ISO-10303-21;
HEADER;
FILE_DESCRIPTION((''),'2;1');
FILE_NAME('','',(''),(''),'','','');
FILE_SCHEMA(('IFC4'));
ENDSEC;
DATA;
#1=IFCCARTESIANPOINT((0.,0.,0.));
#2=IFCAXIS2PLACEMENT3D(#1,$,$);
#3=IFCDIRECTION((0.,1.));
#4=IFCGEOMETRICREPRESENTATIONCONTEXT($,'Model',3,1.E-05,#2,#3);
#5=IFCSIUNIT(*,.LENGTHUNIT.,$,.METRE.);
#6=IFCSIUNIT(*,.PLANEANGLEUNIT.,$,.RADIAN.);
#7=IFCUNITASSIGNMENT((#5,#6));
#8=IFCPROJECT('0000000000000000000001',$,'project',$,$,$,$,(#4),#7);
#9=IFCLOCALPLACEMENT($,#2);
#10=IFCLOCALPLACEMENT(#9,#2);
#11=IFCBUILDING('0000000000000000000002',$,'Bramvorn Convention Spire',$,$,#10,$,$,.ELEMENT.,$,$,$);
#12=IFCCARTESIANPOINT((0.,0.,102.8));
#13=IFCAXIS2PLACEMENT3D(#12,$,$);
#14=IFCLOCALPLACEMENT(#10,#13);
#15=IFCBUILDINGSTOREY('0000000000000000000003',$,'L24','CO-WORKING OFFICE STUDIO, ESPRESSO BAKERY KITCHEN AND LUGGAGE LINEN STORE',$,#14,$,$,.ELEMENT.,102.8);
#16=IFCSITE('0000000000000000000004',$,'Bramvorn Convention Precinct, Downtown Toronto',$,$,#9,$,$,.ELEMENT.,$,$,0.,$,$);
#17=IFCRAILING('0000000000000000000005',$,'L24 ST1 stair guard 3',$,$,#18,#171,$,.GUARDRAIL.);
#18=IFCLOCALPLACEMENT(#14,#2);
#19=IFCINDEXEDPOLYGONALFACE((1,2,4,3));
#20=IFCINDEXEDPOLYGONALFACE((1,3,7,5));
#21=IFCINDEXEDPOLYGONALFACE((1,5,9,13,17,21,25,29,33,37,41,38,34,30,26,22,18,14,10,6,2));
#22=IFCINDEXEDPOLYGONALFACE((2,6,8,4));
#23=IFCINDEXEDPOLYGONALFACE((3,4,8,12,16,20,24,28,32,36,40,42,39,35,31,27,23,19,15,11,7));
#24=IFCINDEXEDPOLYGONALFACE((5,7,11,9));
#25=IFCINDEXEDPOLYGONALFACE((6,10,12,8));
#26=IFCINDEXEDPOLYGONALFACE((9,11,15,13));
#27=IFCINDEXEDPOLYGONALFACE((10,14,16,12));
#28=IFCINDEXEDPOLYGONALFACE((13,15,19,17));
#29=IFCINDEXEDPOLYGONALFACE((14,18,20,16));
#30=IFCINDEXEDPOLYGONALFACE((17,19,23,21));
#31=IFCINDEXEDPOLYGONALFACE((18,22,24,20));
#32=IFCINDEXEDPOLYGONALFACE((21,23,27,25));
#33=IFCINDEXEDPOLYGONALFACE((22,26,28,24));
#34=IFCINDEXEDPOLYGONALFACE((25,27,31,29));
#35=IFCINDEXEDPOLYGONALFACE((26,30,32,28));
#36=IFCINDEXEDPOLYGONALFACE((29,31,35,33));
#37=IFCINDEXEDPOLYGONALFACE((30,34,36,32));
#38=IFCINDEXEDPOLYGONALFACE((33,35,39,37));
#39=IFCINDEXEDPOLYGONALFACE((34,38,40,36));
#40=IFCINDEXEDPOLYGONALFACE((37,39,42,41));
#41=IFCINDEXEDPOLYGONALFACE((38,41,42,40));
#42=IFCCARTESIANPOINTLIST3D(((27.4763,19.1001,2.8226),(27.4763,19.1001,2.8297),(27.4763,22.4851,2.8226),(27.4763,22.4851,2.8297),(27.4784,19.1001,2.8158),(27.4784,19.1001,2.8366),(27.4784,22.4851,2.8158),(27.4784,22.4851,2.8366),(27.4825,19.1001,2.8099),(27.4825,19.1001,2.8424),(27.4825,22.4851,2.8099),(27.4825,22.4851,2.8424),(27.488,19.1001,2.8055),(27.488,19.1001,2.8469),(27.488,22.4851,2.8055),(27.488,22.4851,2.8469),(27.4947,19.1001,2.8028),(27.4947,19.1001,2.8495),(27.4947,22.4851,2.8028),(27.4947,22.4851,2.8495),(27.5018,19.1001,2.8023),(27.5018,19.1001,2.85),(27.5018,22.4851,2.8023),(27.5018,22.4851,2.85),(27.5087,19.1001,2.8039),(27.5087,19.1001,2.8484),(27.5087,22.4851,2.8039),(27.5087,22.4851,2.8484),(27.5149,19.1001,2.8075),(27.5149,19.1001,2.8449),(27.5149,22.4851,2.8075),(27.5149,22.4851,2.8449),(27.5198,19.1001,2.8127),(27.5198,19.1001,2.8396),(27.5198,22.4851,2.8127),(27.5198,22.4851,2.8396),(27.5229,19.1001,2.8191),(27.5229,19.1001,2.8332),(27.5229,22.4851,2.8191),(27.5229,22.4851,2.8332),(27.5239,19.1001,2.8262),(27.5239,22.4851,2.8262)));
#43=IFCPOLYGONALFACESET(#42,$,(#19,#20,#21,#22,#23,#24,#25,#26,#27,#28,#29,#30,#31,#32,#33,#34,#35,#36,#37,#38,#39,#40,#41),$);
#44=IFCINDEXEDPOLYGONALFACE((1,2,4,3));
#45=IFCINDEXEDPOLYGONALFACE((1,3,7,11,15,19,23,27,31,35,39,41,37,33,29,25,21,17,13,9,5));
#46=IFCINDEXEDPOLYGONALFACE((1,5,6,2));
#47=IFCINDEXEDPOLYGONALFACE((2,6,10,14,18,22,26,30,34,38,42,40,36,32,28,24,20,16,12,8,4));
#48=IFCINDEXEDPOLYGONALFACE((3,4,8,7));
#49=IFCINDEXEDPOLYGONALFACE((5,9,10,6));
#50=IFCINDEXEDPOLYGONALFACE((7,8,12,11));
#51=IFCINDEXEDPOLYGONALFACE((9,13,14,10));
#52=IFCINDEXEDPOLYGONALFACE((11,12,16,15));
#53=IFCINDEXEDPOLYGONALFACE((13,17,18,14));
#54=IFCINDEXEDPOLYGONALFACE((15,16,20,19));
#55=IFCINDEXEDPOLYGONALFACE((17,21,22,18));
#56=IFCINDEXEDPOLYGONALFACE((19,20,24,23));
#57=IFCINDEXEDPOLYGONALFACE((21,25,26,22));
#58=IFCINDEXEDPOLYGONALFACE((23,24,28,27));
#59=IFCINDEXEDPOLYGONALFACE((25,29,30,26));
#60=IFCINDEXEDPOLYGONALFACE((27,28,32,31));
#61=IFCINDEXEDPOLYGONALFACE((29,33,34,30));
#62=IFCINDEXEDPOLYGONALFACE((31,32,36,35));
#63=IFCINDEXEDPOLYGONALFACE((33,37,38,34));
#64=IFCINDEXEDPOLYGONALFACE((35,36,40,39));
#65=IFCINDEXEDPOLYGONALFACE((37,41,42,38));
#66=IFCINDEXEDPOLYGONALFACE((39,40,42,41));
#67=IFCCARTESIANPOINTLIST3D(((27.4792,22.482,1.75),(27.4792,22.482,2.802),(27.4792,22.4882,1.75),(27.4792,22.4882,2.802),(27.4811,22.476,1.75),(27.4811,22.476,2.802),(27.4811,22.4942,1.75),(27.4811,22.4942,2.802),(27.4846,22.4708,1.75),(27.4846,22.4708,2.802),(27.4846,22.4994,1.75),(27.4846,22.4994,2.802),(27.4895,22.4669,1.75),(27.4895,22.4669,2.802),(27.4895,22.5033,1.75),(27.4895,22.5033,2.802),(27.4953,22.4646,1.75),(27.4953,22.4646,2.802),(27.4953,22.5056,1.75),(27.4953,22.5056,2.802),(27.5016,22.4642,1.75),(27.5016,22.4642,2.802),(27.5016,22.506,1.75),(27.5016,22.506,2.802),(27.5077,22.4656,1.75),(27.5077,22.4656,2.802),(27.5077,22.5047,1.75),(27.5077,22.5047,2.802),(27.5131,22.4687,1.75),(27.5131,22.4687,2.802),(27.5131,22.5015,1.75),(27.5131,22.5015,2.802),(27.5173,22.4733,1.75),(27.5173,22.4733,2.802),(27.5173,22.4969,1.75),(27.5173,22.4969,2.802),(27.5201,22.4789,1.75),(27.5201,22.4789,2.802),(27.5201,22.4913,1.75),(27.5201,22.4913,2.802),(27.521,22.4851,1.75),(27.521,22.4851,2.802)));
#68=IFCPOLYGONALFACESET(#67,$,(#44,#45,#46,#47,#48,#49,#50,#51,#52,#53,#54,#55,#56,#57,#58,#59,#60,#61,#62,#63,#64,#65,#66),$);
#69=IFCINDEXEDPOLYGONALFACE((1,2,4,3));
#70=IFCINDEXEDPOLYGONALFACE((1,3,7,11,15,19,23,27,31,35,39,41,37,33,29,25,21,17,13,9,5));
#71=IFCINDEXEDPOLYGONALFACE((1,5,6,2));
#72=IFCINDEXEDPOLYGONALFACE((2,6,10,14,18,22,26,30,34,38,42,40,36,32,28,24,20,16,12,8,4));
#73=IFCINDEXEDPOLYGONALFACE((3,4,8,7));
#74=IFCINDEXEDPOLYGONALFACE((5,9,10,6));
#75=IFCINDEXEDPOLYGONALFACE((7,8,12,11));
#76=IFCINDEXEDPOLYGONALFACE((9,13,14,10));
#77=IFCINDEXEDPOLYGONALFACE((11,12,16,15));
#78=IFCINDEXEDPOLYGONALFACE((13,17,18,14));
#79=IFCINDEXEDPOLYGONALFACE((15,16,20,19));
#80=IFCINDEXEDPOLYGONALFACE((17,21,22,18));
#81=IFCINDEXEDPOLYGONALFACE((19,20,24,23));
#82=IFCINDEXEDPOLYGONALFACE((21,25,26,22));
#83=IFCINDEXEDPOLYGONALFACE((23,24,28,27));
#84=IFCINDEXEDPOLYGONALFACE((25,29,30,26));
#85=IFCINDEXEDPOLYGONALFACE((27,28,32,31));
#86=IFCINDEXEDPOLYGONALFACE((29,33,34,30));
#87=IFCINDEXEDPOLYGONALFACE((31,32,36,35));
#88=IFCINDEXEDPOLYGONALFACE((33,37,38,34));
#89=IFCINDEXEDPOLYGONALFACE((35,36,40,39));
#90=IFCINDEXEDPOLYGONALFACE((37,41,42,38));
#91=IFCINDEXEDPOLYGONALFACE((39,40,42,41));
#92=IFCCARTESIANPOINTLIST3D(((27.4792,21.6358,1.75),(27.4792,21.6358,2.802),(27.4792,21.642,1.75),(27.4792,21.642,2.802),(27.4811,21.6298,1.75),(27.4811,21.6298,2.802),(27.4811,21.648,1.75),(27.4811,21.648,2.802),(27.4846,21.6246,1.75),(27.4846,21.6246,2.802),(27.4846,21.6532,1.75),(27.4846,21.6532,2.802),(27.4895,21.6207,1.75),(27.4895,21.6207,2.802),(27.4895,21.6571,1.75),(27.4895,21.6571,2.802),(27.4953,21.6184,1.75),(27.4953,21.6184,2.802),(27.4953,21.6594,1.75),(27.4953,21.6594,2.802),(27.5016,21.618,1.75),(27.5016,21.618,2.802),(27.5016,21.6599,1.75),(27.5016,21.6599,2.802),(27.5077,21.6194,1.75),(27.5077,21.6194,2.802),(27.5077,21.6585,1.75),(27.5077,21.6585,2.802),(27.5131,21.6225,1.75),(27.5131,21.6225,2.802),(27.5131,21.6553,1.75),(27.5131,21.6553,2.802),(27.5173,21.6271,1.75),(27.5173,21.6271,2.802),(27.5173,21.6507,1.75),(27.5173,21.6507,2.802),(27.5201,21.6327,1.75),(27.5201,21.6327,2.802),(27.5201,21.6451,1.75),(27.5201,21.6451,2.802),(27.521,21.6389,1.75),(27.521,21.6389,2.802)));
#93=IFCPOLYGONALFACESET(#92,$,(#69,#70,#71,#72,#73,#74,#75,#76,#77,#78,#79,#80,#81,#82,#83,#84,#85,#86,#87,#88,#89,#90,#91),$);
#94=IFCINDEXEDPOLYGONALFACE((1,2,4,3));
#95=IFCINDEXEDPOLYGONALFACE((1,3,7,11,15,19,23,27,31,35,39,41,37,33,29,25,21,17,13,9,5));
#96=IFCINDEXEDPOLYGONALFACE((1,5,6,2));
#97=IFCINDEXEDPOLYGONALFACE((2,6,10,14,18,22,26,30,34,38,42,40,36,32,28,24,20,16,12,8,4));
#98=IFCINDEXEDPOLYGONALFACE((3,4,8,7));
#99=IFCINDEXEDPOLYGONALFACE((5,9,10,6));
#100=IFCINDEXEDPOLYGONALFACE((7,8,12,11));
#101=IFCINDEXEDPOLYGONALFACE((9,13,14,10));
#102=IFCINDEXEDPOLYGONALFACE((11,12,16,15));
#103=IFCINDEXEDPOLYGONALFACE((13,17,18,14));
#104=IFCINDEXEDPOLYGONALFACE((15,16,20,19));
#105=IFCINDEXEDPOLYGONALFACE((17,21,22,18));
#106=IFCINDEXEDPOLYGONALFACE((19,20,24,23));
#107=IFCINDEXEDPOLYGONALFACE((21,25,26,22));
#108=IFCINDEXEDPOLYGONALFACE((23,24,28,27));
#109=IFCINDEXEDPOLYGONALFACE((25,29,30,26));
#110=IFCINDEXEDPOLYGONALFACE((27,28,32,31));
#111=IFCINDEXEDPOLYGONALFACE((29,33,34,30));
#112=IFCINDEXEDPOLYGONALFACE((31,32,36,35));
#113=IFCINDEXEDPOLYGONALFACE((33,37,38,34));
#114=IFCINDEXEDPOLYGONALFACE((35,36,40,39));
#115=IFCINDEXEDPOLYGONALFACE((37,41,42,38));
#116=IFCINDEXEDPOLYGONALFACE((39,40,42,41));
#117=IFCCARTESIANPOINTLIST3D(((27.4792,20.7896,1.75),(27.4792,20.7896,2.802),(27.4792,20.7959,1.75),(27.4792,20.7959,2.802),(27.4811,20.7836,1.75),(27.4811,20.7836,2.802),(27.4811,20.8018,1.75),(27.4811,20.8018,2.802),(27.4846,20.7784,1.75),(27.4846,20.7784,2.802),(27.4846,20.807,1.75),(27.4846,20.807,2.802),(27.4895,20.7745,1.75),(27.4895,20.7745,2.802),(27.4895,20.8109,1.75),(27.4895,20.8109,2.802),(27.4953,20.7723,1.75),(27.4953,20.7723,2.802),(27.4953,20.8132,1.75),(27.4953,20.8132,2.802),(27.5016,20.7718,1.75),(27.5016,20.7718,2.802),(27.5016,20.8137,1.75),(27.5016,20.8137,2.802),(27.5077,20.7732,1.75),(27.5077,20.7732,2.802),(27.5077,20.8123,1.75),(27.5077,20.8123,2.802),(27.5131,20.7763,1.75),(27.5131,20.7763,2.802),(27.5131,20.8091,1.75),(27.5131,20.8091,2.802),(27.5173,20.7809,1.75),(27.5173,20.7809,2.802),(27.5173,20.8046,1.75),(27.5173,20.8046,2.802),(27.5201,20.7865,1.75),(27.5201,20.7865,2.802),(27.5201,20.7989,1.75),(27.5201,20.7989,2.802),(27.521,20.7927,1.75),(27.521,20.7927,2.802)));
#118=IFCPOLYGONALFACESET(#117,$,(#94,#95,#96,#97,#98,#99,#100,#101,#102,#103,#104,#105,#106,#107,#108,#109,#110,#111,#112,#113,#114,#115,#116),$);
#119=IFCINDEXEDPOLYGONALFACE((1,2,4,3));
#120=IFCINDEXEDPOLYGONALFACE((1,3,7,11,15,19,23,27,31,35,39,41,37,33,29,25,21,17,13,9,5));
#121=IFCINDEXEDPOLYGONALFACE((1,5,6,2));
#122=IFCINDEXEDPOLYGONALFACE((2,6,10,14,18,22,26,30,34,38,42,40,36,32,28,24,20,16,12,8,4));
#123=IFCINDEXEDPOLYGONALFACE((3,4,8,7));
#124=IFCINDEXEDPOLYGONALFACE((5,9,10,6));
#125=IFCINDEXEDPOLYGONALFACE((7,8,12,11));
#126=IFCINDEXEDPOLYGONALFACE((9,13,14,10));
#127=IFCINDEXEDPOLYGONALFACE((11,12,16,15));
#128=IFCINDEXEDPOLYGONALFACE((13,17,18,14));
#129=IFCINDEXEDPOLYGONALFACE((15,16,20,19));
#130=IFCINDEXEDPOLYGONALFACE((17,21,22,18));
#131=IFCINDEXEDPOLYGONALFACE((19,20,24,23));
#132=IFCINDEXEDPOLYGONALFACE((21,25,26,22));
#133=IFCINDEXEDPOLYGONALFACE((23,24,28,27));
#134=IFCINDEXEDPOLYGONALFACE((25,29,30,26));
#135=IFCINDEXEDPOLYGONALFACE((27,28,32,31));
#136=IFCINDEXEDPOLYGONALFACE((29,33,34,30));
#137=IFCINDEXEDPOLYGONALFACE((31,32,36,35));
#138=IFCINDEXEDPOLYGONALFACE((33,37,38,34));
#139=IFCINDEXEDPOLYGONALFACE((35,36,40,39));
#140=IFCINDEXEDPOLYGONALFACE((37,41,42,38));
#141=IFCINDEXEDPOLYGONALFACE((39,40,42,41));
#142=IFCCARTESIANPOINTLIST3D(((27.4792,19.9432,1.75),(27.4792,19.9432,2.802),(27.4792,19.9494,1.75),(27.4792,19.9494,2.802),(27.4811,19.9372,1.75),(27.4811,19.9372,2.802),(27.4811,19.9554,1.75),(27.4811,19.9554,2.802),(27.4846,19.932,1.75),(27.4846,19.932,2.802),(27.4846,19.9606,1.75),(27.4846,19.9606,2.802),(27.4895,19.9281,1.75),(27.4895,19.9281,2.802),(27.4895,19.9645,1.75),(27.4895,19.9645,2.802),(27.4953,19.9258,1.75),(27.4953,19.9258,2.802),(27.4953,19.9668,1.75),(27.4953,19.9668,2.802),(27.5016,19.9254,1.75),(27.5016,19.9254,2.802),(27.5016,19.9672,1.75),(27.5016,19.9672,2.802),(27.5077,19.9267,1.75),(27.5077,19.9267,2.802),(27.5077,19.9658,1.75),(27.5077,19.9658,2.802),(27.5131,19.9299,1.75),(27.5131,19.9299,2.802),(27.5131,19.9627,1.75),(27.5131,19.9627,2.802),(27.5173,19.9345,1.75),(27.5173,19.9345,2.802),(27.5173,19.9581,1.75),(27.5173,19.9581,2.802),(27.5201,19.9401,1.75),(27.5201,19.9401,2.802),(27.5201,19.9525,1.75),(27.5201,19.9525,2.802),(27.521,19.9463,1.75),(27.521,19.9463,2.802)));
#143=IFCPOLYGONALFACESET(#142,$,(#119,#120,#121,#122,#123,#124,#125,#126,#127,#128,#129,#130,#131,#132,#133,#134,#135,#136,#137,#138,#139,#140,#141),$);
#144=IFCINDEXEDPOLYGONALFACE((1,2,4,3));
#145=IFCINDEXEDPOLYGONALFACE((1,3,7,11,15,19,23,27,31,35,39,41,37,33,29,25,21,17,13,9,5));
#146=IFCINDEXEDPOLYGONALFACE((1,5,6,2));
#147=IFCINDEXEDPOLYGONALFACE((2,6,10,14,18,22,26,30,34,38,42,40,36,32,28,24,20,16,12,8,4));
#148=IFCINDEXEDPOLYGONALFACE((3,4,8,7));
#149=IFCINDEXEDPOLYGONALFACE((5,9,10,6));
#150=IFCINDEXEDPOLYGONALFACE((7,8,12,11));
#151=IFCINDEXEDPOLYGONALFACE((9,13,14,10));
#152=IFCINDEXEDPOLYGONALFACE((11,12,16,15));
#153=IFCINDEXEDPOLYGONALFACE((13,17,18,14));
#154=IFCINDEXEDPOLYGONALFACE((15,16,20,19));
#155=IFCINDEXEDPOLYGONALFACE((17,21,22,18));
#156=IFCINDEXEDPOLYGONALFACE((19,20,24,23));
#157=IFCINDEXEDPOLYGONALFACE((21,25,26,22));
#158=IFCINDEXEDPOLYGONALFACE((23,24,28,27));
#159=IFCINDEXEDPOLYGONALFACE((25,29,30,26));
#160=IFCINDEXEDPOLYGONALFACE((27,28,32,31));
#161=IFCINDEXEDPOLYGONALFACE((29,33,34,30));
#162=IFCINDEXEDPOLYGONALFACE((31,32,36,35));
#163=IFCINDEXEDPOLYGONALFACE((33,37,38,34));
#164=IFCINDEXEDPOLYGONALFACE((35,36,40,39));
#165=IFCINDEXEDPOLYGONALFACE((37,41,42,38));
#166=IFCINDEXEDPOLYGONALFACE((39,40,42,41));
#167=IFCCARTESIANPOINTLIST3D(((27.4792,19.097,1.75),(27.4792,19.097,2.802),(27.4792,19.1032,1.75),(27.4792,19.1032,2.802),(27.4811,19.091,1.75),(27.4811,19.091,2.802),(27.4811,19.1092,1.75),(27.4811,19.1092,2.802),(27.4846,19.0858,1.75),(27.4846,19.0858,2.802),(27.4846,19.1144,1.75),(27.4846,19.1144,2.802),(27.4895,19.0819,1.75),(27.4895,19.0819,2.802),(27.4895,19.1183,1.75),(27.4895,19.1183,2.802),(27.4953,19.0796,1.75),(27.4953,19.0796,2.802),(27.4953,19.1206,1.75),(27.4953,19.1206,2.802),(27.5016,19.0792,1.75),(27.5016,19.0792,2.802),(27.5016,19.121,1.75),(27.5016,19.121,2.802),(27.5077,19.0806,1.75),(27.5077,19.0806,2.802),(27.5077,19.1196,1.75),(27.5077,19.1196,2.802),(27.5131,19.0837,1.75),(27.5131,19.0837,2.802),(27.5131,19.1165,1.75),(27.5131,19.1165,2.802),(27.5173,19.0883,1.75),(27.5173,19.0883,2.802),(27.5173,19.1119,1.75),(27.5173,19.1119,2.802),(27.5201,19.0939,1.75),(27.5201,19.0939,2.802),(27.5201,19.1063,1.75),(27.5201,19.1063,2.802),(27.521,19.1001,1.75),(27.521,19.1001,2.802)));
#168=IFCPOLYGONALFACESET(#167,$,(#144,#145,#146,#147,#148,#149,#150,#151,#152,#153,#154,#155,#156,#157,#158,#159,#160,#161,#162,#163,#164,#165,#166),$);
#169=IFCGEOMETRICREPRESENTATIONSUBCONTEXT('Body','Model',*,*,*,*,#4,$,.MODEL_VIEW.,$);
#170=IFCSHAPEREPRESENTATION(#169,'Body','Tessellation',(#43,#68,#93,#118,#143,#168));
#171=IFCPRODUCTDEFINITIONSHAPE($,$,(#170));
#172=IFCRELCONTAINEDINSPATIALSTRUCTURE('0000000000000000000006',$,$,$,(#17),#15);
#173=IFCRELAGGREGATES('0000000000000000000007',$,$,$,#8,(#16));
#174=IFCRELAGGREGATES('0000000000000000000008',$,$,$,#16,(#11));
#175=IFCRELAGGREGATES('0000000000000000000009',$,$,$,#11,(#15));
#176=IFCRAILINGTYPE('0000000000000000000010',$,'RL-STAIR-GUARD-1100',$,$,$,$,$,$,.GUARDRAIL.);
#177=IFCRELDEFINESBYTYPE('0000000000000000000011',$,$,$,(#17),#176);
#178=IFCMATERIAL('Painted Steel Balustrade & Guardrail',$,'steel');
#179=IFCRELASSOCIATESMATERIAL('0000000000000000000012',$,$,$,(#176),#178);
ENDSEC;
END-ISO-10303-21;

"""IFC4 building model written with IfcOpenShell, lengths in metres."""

from ifc_helpers import new_model, si_unit, direction, frame, origin, origin_2d, place, context, subcontext, project, spatial, circle, extrude, material, type_object, element, save


model = new_model("IFC4")

# Units and contexts
model_context = context("Model", 3, precision=1e-05, world=origin(), true_north=direction((0.0, 1.0)))
body_context = subcontext(model_context, "Body", "Model", "MODEL_VIEW")
ifc_project = project(units=[si_unit("LENGTHUNIT", "METRE"), si_unit("PLANEANGLEUNIT", "RADIAN")], contexts=[model_context])

# Site, building, storey
site_placement = place(None, origin())
site = spatial("IfcSite", under=ifc_project, at=site_placement, Name="Bramvorn Convention Precinct, Downtown Toronto", CompositionType="ELEMENT", RefElevation=0.0)
building_placement = place(site_placement, origin())
building = spatial("IfcBuilding", under=site, at=building_placement, Name="Bramvorn Convention Spire", CompositionType="ELEMENT")
storey_placement = place(building_placement, frame((0.0, 0.0, 102.8)))
storey = spatial("IfcBuildingStorey", under=building, at=storey_placement, Name="L24", Description="CO-WORKING OFFICE STUDIO, ESPRESSO BAKERY KITCHEN AND LUGGAGE LINEN STORE", CompositionType="ELEMENT", Elevation=102.8)

# Railing
ifc_material_1 = material(Name="Painted Steel Balustrade & Guardrail", Category="steel")
railing_type_1 = type_object("IfcRailingType", Name="RL-STAIR-GUARD-1100", PredefinedType="GUARDRAIL", material=ifc_material_1)
for number, where, name in (
    (1, (27.5, 22.4851, 1.75), "L24 ST1 stair guard 3"),
):
    element("IfcRailing", number, at=place(storey_placement, frame(where)), inside=storey, type_object=railing_type_1, Name=name, PredefinedType="GUARDRAIL", context=body_context, shape_type="SweptSolid", body=[
        extrude(circle(Radius=0.0239, at=origin_2d()), frame((0.0, 0.0, 1.0762), z_axis=(0.0, -1.0, 0.0), x_axis=(1.0, 0.0, 0.0)), (0.0, 0.0, 1.0), 3.385),
        extrude(circle(Radius=0.021, at=origin_2d()), origin(), (0.0, 0.0, 1.0), 1.052),
        extrude(circle(Radius=0.021, at=origin_2d()), frame((0.0, -0.8462, 0.0)), (0.0, 0.0, 1.0), 1.052),
        extrude(circle(Radius=0.021, at=origin_2d()), frame((0.0, -1.6924, 0.0)), (0.0, 0.0, 1.0), 1.052),
        extrude(circle(Radius=0.021, at=origin_2d()), frame((0.0, -2.5388, 0.0)), (0.0, 0.0, 1.0), 1.052),
        extrude(circle(Radius=0.021, at=origin_2d()), frame((0.0, -3.385, 0.0)), (0.0, 0.0, 1.0), 1.052),
    ])

save(model, "model.ifc")
